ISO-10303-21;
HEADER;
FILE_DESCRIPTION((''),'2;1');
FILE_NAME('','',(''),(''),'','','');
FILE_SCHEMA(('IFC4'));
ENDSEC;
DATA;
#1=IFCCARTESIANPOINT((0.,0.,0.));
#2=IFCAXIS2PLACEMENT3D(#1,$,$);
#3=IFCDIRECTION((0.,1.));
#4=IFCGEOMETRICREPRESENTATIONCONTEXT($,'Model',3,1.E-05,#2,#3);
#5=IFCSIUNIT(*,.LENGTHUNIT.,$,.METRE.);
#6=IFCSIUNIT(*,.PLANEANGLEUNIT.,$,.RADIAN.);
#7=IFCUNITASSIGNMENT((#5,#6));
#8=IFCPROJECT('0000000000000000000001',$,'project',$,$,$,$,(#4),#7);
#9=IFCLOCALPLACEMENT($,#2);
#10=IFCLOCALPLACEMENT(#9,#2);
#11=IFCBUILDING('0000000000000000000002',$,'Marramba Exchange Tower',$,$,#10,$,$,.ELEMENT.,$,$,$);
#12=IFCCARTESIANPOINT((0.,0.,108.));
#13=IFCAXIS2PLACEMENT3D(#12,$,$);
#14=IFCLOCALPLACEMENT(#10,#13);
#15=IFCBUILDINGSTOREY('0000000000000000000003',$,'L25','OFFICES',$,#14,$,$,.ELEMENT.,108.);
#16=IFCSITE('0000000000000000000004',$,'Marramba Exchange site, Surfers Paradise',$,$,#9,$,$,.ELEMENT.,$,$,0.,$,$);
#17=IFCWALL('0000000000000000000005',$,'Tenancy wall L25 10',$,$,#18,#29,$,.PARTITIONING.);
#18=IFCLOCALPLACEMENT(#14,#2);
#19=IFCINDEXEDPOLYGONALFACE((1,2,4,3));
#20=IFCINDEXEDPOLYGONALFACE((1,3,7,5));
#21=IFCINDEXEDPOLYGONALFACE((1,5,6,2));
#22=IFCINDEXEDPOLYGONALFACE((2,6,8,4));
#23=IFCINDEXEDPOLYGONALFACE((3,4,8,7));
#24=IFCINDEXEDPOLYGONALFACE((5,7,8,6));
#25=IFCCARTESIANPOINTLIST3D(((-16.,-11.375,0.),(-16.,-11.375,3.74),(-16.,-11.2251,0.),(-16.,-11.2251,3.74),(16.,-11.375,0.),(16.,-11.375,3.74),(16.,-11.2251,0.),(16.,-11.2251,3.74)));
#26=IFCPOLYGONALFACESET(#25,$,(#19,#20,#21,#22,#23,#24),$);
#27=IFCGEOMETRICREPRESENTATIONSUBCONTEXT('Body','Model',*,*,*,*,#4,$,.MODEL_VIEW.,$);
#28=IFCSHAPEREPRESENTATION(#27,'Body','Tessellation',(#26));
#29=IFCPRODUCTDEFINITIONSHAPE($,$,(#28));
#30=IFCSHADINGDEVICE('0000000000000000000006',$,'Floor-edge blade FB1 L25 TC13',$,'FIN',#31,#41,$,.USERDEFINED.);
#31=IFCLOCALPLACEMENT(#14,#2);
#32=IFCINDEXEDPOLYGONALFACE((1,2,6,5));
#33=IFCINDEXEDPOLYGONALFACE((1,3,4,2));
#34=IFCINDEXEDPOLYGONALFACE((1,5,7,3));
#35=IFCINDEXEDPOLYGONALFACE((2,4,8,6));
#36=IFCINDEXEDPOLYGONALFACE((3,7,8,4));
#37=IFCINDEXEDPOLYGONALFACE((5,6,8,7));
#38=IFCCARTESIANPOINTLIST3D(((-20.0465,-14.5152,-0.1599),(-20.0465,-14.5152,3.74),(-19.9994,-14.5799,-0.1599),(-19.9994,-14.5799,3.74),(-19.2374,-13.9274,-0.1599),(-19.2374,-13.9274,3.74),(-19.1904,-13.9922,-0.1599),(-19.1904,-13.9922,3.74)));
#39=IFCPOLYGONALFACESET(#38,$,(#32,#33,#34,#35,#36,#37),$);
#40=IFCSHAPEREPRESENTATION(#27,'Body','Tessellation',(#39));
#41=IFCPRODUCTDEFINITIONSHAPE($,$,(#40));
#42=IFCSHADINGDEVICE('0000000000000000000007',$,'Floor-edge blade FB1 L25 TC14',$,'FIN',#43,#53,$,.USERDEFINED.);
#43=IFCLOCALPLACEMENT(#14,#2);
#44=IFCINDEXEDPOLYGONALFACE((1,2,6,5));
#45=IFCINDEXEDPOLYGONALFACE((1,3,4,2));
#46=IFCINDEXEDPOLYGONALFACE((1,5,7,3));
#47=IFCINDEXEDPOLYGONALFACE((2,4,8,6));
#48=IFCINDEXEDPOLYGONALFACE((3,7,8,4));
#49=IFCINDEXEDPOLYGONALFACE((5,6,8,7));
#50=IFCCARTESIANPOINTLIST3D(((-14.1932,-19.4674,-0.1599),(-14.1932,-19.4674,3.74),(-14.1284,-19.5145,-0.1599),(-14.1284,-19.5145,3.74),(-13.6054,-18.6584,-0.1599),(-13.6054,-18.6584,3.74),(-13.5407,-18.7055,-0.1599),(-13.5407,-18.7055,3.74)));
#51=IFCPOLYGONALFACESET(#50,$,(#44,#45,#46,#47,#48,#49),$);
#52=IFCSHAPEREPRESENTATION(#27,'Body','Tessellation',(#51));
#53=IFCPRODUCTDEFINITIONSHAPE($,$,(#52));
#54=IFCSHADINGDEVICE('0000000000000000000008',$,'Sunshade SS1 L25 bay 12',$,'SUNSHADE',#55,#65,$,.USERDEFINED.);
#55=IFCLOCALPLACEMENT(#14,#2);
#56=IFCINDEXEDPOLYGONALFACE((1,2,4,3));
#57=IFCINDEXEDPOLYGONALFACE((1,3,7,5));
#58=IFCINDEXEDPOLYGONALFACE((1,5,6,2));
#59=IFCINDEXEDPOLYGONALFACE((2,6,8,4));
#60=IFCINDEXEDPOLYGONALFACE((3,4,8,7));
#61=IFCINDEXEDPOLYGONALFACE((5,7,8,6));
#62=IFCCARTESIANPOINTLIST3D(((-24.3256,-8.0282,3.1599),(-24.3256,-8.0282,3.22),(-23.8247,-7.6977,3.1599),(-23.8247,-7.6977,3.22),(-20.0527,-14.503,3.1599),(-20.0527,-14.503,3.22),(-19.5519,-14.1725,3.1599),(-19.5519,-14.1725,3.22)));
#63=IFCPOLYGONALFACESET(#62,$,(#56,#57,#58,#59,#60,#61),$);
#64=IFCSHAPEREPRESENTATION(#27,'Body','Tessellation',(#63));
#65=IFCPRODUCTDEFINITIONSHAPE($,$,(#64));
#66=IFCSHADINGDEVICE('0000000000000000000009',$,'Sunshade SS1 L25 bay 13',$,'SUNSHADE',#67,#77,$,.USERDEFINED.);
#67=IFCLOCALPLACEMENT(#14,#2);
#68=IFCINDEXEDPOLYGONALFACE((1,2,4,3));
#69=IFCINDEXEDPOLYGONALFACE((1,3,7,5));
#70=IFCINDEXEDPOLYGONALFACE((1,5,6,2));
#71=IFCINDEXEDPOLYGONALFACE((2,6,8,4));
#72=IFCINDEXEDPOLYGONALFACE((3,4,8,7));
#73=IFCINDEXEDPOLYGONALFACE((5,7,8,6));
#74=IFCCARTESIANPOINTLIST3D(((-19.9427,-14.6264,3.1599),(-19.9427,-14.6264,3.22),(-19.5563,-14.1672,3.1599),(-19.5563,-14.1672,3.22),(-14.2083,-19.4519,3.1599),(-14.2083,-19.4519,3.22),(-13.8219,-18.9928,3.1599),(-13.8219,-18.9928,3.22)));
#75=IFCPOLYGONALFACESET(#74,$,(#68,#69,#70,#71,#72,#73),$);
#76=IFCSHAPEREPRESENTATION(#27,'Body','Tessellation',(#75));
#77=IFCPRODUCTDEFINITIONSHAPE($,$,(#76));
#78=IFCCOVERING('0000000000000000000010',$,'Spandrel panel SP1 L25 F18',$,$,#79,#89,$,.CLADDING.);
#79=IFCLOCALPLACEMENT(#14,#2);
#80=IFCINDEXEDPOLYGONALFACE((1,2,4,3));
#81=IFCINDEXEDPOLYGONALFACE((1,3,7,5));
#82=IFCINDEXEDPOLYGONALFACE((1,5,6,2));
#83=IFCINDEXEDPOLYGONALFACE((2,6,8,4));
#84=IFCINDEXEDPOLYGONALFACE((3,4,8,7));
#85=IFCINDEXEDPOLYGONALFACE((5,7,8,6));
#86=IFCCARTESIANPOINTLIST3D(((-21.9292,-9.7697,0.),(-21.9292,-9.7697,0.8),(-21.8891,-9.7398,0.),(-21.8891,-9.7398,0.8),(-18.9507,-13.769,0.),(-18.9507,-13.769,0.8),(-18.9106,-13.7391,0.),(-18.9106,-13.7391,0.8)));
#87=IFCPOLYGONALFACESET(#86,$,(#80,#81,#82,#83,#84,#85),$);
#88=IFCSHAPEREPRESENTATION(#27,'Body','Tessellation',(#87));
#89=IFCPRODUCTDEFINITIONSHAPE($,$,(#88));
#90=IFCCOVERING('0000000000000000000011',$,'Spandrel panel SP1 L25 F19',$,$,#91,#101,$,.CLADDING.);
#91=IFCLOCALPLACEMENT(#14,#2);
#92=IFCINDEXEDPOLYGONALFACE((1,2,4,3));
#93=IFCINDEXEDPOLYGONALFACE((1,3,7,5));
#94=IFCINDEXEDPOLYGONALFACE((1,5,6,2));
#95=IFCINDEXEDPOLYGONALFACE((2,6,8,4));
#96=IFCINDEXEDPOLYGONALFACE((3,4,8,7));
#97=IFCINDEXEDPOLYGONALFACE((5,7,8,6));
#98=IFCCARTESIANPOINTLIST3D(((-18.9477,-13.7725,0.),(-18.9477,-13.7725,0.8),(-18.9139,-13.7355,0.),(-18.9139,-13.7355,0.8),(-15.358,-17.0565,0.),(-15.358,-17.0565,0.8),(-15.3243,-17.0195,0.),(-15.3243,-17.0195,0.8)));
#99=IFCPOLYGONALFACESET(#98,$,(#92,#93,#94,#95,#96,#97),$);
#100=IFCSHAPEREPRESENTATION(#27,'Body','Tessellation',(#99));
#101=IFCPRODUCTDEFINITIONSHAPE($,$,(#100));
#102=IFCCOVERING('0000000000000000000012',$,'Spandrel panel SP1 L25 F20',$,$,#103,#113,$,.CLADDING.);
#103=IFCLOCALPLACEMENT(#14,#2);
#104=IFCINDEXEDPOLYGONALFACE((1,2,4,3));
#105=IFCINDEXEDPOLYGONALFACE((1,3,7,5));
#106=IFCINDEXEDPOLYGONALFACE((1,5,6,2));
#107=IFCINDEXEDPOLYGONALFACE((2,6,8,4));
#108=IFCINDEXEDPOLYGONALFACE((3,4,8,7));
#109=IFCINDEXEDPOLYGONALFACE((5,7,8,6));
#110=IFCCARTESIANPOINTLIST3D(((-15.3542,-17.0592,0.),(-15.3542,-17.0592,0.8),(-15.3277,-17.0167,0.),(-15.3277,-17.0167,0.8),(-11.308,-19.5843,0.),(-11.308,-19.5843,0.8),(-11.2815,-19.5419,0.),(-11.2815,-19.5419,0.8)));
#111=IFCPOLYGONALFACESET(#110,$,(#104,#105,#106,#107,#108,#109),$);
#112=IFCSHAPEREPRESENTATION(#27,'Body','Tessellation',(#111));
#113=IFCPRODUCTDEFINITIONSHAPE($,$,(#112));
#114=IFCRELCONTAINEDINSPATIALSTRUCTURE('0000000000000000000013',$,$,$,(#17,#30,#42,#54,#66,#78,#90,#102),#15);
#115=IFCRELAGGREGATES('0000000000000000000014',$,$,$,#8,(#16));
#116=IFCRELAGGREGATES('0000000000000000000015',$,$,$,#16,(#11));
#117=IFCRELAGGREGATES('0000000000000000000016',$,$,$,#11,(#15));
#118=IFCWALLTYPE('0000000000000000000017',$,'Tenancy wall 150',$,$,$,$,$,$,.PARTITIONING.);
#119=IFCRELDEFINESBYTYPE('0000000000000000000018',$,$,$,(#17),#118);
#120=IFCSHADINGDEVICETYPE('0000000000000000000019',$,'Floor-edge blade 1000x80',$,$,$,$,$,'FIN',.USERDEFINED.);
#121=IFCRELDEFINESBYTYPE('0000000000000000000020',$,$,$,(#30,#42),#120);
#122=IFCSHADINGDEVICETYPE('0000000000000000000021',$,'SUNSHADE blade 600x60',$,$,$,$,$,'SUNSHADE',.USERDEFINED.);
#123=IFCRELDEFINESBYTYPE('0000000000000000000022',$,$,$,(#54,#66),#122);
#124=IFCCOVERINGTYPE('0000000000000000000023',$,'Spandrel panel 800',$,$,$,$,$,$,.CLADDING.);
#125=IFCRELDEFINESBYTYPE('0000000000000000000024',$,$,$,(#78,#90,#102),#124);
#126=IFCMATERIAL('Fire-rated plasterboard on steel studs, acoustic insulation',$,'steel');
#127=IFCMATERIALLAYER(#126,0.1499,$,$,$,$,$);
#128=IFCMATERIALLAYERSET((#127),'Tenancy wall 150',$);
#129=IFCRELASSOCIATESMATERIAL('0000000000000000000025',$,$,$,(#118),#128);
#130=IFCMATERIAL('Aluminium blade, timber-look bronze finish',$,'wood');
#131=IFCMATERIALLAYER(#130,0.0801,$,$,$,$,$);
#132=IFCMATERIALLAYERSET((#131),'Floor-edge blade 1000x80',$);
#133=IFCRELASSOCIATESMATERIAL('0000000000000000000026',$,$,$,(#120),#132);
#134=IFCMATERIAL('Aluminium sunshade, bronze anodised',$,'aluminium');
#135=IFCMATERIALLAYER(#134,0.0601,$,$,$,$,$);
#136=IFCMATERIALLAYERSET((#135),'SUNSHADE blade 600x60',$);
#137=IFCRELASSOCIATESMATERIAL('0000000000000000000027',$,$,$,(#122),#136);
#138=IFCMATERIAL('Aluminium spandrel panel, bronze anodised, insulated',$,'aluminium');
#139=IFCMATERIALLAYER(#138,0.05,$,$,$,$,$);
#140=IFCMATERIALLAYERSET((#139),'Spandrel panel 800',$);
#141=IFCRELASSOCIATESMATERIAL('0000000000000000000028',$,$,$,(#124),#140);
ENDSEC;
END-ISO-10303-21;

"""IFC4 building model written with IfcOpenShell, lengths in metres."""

from ifc_helpers import new_model, si_unit, direction, frame, frame_2d, origin, origin_2d, place, context, subcontext, project, spatial, rectangle, extrude, material, layer, layer_set, type_object, element, save


model = new_model("IFC4")

# Units and contexts
model_context = context("Model", 3, precision=1e-05, world=origin(), true_north=direction((0.0, 1.0)))
body_context = subcontext(model_context, "Body", "Model", "MODEL_VIEW")
ifc_project = project(units=[si_unit("LENGTHUNIT", "METRE"), si_unit("PLANEANGLEUNIT", "RADIAN")], contexts=[model_context])

# Site, building, storey
site_placement = place(None, origin())
site = spatial("IfcSite", under=ifc_project, at=site_placement, Name="Marramba Exchange site, Surfers Paradise", CompositionType="ELEMENT", RefElevation=0.0)
building_placement = place(site_placement, origin())
building = spatial("IfcBuilding", under=site, at=building_placement, Name="Marramba Exchange Tower", CompositionType="ELEMENT")
storey_placement = place(building_placement, frame((0.0, 0.0, 108.0)))
storey = spatial("IfcBuildingStorey", under=building, at=storey_placement, Name="L25", Description="OFFICES", CompositionType="ELEMENT", Elevation=108.0)

# Wall
ifc_material_1 = material(Name="Fire-rated plasterboard on steel studs, acoustic insulation", Category="steel")
ifc_layer_1 = layer(ifc_material_1, 0.1499)
ifc_layer_set_1 = layer_set([ifc_layer_1], Name="Tenancy wall 150")
wall_type_1 = type_object("IfcWallType", Name="Tenancy wall 150", PredefinedType="PARTITIONING", material=ifc_layer_set_1)
wall_1_placement = place(storey_placement, frame((-16.0, -11.3, 0.0), z_axis=(0.0, 0.0, 1.0), x_axis=(1.0, 0.0, 0.0)))
element("IfcWall", 1, at=wall_1_placement, inside=storey, type_object=wall_type_1, Name="Tenancy wall L25 10", PredefinedType="PARTITIONING", context=body_context, shape_type="SweptSolid", body=[
    extrude(rectangle(XDim=32.0, YDim=0.1499, at=frame_2d((16.0, 0.0))), origin(), (0.0, 0.0, 1.0), 3.74),
])

# Shading devices
ifc_material_2 = material(Name="Aluminium blade, timber-look bronze finish", Category="wood")
ifc_layer_2 = layer(ifc_material_2, 0.0801)
ifc_layer_set_2 = layer_set([ifc_layer_2], Name="Floor-edge blade 1000x80")
shading_device_type_1 = type_object("IfcShadingDeviceType", Name="Floor-edge blade 1000x80", ElementType="FIN", PredefinedType="USERDEFINED", material=ifc_layer_set_2)
for number, where, z_axis, x_axis, name in (
    (2, (-19.6184, -14.2537, -0.1599), (0.0, 0.0, 1.0), (-0.809017, -0.587785, 0.0), "Floor-edge blade FB1 L25 TC13"),
    (3, (-13.8669, -19.0864, -0.1599), (0.0, 0.0, 1.0), (-0.587785, -0.809017, 0.0), "Floor-edge blade FB1 L25 TC14"),
):
    element("IfcShadingDevice", number, at=place(storey_placement, frame(where, z_axis=z_axis, x_axis=x_axis)), inside=storey, type_object=shading_device_type_1, Name=name, ObjectType="FIN", PredefinedType="USERDEFINED", context=body_context, shape_type="SweptSolid", body=[
        extrude(rectangle(XDim=1.0, YDim=0.0801, at=origin_2d()), origin(), (0.0, 0.0, 1.0), 3.8999),
    ])
ifc_material_3 = material(Name="Aluminium sunshade, bronze anodised", Category="aluminium")
ifc_layer_3 = layer(ifc_material_3, 0.0601)
ifc_layer_set_3 = layer_set([ifc_layer_3], Name="SUNSHADE blade 600x60")
shading_device_type_2 = type_object("IfcShadingDeviceType", Name="SUNSHADE blade 600x60", ElementType="SUNSHADE", PredefinedType="USERDEFINED", material=ifc_layer_set_3)
shading_device_1_placement = place(storey_placement, frame((-21.9387, -11.1003, 3.1599), z_axis=(0.0, 0.0, 1.0), x_axis=(0.550792, -0.834642, 0.0)))
element("IfcShadingDevice", 4, at=shading_device_1_placement, inside=storey, type_object=shading_device_type_2, Name="Sunshade SS1 L25 bay 12", ObjectType="SUNSHADE", PredefinedType="USERDEFINED", context=body_context, shape_type="SweptSolid", body=[
    extrude(rectangle(XDim=7.7576, YDim=0.6001, at=origin_2d()), origin(), (0.0, 0.0, 1.0), 0.0601),
])
shading_device_2_placement = place(storey_placement, frame((-16.8823, -16.8096, 3.1599), z_axis=(0.0, 0.0, 1.0), x_axis=(0.765139, -0.643866, 0.0)))
element("IfcShadingDevice", 5, at=shading_device_2_placement, inside=storey, type_object=shading_device_type_2, Name="Sunshade SS1 L25 bay 13", ObjectType="SUNSHADE", PredefinedType="USERDEFINED", context=body_context, shape_type="SweptSolid", body=[
    extrude(rectangle(XDim=7.4946, YDim=0.6001, at=origin_2d()), origin(), (0.0, 0.0, 1.0), 0.0601),
])

# Coverings
ifc_material_4 = material(Name="Aluminium spandrel panel, bronze anodised, insulated", Category="aluminium")
ifc_layer_4 = layer(ifc_material_4, 0.05)
ifc_layer_set_4 = layer_set([ifc_layer_4], Name="Spandrel panel 800")
covering_type = type_object("IfcCoveringType", Name="Spandrel panel 800", PredefinedType="CLADDING", material=ifc_layer_set_4)
covering_1_placement = place(storey_placement, frame((-20.4199, -11.7544, 0.0), z_axis=(0.0, 0.0, 1.0), x_axis=(0.597305, -0.802014, 0.0)))
element("IfcCovering", 6, at=covering_1_placement, inside=storey, type_object=covering_type, Name="Spandrel panel SP1 L25 F18", PredefinedType="CLADDING", context=body_context, shape_type="SweptSolid", body=[
    extrude(rectangle(XDim=4.9866, YDim=0.05, at=origin_2d()), origin(), (0.0, 0.0, 1.0), 0.8),
])
covering_2_placement = place(storey_placement, frame((-17.136, -15.396, 0.0), z_axis=(0.0, 0.0, 1.0), x_axis=(0.737822, -0.674995, 0.0)))
element("IfcCovering", 7, at=covering_2_placement, inside=storey, type_object=covering_type, Name="Spandrel panel SP1 L25 F19", PredefinedType="CLADDING", context=body_context, shape_type="SweptSolid", body=[
    extrude(rectangle(XDim=4.8652, YDim=0.05, at=origin_2d()), origin(), (0.0, 0.0, 1.0), 0.8),
])
covering_3_placement = place(storey_placement, frame((-13.3179, -18.3005, 0.0), z_axis=(0.0, 0.0, 1.0), x_axis=(0.848355, -0.529428, 0.0)))
element("IfcCovering", 8, at=covering_3_placement, inside=storey, type_object=covering_type, Name="Spandrel panel SP1 L25 F20", PredefinedType="CLADDING", context=body_context, shape_type="SweptSolid", body=[
    extrude(rectangle(XDim=4.7695, YDim=0.05, at=origin_2d()), origin(), (0.0, 0.0, 1.0), 0.8),
])

save(model, "model.ifc")
